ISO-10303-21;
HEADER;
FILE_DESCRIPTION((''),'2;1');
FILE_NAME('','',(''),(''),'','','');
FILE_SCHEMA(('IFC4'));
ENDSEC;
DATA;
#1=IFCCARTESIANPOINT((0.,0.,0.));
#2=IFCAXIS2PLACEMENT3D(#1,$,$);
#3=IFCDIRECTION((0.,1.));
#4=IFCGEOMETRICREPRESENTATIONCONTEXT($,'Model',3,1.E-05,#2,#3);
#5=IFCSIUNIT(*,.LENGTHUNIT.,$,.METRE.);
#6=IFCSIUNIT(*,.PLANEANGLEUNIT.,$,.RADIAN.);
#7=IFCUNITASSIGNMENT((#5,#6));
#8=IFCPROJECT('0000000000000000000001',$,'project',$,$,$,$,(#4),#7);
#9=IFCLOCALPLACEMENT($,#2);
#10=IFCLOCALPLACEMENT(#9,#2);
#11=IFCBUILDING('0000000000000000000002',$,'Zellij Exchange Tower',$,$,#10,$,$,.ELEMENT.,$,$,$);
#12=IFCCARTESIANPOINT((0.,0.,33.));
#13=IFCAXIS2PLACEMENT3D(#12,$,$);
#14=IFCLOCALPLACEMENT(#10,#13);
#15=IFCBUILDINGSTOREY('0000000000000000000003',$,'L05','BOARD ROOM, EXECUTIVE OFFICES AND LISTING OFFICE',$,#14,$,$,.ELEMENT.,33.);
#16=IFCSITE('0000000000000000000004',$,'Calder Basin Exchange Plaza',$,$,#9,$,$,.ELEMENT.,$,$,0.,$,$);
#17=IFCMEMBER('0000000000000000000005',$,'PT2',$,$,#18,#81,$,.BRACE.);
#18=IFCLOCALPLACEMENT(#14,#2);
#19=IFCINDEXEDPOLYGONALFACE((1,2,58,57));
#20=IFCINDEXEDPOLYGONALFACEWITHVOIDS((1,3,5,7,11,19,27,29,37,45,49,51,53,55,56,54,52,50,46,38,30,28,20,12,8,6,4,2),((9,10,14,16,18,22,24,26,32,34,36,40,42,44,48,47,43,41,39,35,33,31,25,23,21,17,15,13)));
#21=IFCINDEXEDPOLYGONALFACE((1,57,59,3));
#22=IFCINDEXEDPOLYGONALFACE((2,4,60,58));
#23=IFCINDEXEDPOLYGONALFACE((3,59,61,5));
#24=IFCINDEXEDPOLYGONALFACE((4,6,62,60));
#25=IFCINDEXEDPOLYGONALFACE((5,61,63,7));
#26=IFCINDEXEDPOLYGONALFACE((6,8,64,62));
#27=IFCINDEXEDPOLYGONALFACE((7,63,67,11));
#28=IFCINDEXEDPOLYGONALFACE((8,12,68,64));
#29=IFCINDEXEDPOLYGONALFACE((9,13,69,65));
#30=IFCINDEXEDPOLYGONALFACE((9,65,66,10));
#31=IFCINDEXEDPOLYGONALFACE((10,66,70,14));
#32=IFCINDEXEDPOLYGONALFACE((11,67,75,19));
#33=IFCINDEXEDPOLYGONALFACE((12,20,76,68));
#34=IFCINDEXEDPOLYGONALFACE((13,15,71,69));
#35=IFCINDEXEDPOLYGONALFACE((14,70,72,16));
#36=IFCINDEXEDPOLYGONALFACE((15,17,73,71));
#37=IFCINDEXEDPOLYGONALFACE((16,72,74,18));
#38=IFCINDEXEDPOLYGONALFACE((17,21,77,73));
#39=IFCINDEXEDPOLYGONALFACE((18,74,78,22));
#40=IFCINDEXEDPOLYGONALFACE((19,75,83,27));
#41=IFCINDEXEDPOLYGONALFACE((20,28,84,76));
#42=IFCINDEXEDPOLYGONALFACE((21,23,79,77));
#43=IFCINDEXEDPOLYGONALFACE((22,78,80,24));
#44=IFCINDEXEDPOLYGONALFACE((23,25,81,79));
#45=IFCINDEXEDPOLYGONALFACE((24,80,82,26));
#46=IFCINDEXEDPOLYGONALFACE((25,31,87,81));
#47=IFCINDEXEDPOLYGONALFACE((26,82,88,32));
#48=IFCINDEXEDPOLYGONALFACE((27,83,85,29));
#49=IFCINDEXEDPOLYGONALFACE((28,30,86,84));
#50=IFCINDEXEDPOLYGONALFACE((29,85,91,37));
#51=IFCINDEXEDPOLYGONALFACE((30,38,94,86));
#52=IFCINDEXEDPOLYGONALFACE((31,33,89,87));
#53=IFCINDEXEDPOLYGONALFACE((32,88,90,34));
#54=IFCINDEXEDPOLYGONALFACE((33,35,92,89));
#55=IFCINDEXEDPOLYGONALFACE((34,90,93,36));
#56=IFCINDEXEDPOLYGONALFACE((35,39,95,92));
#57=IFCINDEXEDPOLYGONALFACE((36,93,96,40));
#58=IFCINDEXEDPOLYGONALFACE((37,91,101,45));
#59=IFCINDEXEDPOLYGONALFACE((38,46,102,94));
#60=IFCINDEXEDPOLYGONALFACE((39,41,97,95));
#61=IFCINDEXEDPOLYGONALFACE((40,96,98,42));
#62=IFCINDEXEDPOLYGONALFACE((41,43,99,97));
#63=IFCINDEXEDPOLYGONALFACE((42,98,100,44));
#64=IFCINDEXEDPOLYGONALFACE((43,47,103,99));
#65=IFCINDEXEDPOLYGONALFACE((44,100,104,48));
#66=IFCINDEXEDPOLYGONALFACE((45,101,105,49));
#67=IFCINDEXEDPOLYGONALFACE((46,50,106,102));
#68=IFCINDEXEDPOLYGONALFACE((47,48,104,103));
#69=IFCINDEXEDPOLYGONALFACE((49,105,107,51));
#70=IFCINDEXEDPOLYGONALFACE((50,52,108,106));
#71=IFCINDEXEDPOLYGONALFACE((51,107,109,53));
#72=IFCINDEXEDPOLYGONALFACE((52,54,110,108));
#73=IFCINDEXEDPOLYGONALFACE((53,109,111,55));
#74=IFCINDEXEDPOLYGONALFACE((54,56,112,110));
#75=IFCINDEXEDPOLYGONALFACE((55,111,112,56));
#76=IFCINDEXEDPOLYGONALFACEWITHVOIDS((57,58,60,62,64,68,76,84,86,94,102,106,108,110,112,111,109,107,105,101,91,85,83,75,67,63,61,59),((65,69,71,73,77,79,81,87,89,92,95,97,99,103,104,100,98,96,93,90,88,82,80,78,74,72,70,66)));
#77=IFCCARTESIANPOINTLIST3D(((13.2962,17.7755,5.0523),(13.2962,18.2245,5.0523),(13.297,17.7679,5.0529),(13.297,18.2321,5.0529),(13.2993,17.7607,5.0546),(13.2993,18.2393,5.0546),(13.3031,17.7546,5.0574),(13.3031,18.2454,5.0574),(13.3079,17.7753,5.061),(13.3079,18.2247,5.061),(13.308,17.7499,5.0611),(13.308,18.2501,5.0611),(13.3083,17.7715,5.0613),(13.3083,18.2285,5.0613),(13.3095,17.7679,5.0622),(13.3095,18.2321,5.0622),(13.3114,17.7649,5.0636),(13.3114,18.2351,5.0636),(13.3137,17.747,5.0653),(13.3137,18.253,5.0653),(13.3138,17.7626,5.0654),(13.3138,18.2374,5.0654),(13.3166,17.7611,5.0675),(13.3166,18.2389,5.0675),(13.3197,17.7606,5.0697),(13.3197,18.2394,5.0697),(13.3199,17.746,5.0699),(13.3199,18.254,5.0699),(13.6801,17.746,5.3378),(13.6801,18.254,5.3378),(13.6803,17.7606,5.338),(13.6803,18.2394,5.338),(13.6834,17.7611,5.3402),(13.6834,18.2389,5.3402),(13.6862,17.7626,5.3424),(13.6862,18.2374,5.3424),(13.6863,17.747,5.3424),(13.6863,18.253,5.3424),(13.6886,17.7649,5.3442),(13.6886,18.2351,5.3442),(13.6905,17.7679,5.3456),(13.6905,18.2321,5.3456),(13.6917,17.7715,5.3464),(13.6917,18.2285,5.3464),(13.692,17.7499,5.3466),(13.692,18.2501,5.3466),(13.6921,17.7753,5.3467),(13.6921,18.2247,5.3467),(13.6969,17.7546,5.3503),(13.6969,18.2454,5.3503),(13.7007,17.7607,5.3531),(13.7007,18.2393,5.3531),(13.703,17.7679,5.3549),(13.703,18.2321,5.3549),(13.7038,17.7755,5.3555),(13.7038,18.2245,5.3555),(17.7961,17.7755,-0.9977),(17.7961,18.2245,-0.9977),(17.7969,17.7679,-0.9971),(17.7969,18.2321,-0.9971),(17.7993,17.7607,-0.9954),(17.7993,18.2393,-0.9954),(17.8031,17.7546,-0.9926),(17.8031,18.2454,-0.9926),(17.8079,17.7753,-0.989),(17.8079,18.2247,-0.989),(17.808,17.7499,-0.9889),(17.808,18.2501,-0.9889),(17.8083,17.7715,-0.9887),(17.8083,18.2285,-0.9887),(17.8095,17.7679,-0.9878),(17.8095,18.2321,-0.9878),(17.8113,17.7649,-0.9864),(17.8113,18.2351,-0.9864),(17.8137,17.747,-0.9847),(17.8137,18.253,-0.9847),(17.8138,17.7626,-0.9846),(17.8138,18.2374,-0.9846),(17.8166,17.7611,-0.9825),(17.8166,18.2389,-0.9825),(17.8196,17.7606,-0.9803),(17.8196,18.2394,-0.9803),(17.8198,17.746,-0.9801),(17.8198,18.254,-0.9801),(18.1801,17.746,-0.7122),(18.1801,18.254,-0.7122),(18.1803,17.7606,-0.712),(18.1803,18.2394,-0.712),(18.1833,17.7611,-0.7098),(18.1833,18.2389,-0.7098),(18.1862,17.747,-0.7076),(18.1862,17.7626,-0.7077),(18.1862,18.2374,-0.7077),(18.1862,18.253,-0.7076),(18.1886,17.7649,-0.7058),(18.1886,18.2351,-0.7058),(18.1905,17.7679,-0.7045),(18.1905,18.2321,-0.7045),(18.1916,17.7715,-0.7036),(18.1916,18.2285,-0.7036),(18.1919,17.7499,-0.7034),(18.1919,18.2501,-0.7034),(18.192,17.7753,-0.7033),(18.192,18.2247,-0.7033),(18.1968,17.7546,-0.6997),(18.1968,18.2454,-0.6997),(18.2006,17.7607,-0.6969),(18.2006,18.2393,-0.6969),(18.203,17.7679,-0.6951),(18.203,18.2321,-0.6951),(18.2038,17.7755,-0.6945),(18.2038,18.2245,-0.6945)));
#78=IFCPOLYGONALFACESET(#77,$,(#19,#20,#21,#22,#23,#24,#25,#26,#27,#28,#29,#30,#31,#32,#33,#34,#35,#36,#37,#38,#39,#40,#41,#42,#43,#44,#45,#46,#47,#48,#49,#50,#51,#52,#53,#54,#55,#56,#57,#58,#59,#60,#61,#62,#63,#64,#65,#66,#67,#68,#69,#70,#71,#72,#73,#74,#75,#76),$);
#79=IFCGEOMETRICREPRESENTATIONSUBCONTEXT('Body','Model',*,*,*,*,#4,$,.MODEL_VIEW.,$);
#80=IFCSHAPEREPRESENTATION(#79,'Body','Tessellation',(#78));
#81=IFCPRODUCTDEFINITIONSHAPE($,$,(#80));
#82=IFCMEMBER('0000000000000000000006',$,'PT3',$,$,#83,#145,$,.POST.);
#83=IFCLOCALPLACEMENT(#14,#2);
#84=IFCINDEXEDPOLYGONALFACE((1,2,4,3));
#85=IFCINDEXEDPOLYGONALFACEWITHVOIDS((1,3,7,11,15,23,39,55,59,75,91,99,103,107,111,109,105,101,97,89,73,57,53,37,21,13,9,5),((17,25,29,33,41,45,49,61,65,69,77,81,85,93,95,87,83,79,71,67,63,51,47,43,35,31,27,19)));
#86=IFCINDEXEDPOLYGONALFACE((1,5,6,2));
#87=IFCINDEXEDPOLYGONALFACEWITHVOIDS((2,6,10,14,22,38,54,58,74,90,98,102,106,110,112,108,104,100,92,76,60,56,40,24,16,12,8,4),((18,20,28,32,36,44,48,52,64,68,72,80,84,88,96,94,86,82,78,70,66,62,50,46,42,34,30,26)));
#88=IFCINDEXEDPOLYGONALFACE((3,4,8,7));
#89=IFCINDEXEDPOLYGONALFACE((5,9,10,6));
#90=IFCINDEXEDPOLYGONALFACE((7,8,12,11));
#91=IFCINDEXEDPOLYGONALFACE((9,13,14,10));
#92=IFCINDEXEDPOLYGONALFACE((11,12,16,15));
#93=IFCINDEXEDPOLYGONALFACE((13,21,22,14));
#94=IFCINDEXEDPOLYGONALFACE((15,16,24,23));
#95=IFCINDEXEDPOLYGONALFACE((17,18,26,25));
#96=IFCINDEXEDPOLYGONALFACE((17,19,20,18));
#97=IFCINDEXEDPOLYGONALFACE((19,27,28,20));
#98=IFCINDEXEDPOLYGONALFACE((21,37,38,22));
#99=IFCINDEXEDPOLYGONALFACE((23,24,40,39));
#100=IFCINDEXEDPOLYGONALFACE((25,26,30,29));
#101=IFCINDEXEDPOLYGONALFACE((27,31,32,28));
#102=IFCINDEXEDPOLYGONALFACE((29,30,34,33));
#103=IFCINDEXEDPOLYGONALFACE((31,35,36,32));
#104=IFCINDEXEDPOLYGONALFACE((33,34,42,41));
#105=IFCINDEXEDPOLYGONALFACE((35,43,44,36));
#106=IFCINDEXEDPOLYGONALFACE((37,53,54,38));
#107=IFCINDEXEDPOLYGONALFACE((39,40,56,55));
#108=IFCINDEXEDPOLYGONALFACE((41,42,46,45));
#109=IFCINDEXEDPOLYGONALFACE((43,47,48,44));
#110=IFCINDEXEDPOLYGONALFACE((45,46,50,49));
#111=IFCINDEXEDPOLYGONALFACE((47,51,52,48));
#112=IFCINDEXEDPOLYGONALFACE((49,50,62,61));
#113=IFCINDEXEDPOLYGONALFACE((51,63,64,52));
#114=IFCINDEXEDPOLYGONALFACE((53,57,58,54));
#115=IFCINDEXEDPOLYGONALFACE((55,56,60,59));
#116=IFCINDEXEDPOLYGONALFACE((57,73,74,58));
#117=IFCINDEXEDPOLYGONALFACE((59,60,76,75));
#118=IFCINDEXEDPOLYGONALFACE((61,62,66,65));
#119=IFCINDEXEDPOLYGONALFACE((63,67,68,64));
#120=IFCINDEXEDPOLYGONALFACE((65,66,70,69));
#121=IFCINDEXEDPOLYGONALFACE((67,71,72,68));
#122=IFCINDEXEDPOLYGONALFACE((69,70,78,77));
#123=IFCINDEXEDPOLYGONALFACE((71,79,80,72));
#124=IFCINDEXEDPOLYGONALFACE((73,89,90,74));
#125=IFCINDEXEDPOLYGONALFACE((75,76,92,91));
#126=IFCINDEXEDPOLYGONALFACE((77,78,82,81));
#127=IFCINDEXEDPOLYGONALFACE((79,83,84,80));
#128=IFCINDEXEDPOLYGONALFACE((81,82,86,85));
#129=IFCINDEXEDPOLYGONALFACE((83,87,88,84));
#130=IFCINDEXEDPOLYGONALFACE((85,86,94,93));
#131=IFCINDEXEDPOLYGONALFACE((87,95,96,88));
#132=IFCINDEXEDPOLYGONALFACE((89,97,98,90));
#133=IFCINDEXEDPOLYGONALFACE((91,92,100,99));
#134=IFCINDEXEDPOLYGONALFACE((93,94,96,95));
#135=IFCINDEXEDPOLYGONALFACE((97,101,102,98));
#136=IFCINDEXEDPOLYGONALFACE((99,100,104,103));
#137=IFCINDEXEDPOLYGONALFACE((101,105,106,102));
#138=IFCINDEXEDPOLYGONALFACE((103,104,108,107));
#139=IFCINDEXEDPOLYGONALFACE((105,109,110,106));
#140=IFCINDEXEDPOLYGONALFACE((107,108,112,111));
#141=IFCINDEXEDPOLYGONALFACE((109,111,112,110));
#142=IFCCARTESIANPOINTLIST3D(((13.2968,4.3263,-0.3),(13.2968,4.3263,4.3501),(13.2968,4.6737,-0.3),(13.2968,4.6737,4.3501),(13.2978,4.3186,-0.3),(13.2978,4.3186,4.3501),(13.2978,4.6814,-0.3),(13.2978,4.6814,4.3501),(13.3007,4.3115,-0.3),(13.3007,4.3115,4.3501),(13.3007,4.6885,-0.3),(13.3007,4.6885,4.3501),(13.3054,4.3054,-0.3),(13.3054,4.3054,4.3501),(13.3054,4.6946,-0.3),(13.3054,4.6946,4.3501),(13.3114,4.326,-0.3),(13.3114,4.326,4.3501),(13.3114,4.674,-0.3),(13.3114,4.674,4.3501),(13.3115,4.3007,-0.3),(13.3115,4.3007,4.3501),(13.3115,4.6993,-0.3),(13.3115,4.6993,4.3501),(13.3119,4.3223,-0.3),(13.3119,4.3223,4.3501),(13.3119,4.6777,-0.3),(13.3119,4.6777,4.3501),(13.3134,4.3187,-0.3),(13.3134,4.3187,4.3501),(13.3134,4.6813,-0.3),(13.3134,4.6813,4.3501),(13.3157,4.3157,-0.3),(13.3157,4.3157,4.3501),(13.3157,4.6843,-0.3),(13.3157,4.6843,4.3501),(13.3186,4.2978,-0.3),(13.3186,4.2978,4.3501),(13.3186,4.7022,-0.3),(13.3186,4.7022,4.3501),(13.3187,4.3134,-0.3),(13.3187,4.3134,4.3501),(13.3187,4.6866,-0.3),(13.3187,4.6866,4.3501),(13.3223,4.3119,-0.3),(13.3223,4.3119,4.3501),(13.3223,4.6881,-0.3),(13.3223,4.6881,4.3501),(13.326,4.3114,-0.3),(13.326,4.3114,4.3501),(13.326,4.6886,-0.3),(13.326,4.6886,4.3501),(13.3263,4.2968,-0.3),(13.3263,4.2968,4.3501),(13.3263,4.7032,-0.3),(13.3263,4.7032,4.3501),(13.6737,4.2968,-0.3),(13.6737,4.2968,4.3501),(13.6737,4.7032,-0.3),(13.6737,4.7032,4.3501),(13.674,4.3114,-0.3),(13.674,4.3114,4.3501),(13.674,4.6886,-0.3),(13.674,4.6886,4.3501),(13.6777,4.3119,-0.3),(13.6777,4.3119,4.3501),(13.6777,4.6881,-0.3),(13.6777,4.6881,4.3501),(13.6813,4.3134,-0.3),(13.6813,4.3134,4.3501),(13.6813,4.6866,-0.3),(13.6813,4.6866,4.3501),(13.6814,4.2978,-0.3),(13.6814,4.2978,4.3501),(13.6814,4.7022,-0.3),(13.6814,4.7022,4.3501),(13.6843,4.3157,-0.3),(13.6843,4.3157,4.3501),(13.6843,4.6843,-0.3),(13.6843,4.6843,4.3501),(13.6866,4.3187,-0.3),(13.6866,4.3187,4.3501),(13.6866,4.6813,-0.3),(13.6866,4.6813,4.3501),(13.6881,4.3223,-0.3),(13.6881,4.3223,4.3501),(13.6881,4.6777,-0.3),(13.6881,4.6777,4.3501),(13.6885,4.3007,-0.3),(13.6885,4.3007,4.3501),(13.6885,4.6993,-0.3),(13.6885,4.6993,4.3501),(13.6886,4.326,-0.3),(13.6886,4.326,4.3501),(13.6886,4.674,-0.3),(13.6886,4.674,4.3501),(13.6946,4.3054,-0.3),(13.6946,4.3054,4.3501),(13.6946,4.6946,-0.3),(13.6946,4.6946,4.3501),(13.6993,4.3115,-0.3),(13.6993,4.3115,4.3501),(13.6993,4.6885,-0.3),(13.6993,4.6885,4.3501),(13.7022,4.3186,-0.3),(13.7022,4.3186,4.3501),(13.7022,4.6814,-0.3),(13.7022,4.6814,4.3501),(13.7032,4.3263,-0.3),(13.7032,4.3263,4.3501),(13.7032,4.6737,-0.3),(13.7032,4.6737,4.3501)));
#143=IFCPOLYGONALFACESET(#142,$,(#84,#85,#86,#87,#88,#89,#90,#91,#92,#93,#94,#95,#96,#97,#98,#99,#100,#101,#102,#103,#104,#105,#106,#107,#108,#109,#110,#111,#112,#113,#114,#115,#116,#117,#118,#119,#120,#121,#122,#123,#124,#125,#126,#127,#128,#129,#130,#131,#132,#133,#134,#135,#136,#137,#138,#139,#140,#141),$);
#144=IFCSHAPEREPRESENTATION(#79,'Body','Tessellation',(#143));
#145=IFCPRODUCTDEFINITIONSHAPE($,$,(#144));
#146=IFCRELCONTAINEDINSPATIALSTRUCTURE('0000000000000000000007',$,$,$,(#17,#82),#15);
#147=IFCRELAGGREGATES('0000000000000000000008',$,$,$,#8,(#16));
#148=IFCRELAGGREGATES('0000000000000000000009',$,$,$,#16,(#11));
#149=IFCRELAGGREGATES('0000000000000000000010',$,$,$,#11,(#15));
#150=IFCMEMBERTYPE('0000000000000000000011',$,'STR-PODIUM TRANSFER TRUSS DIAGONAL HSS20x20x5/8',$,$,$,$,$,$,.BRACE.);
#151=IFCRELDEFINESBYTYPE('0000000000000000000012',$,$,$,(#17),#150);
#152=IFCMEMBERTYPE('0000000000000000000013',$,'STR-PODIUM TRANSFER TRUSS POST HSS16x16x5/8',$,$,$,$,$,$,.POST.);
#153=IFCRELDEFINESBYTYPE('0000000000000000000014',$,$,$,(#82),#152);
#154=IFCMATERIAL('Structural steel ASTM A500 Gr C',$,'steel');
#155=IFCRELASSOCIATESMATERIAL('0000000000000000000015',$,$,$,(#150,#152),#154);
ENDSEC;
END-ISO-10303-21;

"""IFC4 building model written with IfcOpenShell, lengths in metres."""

from ifc_helpers import new_model, si_unit, direction, frame, origin, origin_2d, place, context, subcontext, project, spatial, hollow_rectangle, extrude, material, material_profile, profile_set, type_object, element, save


model = new_model("IFC4")

# Units and contexts
model_context = context("Model", 3, precision=1e-05, world=origin(), true_north=direction((0.0, 1.0)))
body_context = subcontext(model_context, "Body", "Model", "MODEL_VIEW")
ifc_project = project(units=[si_unit("LENGTHUNIT", "METRE"), si_unit("PLANEANGLEUNIT", "RADIAN")], contexts=[model_context])

# Site, building, storey
site_placement = place(None, origin())
site = spatial("IfcSite", under=ifc_project, at=site_placement, Name="Calder Basin Exchange Plaza", CompositionType="ELEMENT", RefElevation=0.0)
building_placement = place(site_placement, origin())
building = spatial("IfcBuilding", under=site, at=building_placement, Name="Zellij Exchange Tower", CompositionType="ELEMENT")
storey_placement = place(building_placement, frame((0.0, 0.0, 33.0)))
storey = spatial("IfcBuildingStorey", under=building, at=storey_placement, Name="L05", Description="BOARD ROOM, EXECUTIVE OFFICES AND LISTING OFFICE", CompositionType="ELEMENT", Elevation=33.0)

# Members
ifc_material_1 = material(Name="Structural steel ASTM A500 Gr C", Category="steel")
ifc_material_profile_1 = material_profile(ifc_material_1, hollow_rectangle(XDim=0.5081, YDim=0.5081, WallThickness=0.0146, InnerFilletRadius=0.0146, OuterFilletRadius=0.0295, at=origin_2d()), Name="STR-PODIUM TRANSFER TRUSS DIAGONAL HSS20x20x5/8")
ifc_profile_set_1 = profile_set([ifc_material_profile_1], Name="Structural steel ASTM A500 Gr C")
member_type_1 = type_object("IfcMemberType", Name="STR-PODIUM TRANSFER TRUSS DIAGONAL HSS20x20x5/8", PredefinedType="BRACE", material=ifc_profile_set_1)
member_1_placement = place(storey_placement, frame((13.5, 18.0, 5.2039), z_axis=(0.596809, 0.0, -0.802383), x_axis=(0.0, 1.0, 0.0)))
element("IfcMember", 1, at=member_1_placement, inside=storey, type_object=member_type_1, Name="PT2", PredefinedType="BRACE", context=body_context, shape_type="SweptSolid", body=[
    extrude(hollow_rectangle(XDim=0.5081, YDim=0.5081, WallThickness=0.0146, InnerFilletRadius=0.0146, OuterFilletRadius=0.0295, at=origin_2d()), origin(), (0.0, 0.0, 1.0), 7.54),
])
ifc_material_profile_2 = material_profile(ifc_material_1, hollow_rectangle(XDim=0.4065, YDim=0.4065, WallThickness=0.0146, InnerFilletRadius=0.0146, OuterFilletRadius=0.0295, at=origin_2d()), Name="STR-PODIUM TRANSFER TRUSS POST HSS16x16x5/8")
ifc_profile_set_2 = profile_set([ifc_material_profile_2], Name="Structural steel ASTM A500 Gr C")
member_type_2 = type_object("IfcMemberType", Name="STR-PODIUM TRANSFER TRUSS POST HSS16x16x5/8", PredefinedType="POST", material=ifc_profile_set_2)
for number, where, z_axis, x_axis, name in (
    (2, (13.5, 4.5, -0.3), (0.0, 0.0, 1.0), (1.0, 0.0, 0.0), "PT3"),
):
    element("IfcMember", number, at=place(storey_placement, frame(where, z_axis=z_axis, x_axis=x_axis)), inside=storey, type_object=member_type_2, Name=name, PredefinedType="POST", context=body_context, shape_type="SweptSolid", body=[
        extrude(hollow_rectangle(XDim=0.4065, YDim=0.4065, WallThickness=0.0146, InnerFilletRadius=0.0146, OuterFilletRadius=0.0295, at=origin_2d()), origin(), (0.0, 0.0, 1.0), 4.6501),
    ])

save(model, "model.ifc")
